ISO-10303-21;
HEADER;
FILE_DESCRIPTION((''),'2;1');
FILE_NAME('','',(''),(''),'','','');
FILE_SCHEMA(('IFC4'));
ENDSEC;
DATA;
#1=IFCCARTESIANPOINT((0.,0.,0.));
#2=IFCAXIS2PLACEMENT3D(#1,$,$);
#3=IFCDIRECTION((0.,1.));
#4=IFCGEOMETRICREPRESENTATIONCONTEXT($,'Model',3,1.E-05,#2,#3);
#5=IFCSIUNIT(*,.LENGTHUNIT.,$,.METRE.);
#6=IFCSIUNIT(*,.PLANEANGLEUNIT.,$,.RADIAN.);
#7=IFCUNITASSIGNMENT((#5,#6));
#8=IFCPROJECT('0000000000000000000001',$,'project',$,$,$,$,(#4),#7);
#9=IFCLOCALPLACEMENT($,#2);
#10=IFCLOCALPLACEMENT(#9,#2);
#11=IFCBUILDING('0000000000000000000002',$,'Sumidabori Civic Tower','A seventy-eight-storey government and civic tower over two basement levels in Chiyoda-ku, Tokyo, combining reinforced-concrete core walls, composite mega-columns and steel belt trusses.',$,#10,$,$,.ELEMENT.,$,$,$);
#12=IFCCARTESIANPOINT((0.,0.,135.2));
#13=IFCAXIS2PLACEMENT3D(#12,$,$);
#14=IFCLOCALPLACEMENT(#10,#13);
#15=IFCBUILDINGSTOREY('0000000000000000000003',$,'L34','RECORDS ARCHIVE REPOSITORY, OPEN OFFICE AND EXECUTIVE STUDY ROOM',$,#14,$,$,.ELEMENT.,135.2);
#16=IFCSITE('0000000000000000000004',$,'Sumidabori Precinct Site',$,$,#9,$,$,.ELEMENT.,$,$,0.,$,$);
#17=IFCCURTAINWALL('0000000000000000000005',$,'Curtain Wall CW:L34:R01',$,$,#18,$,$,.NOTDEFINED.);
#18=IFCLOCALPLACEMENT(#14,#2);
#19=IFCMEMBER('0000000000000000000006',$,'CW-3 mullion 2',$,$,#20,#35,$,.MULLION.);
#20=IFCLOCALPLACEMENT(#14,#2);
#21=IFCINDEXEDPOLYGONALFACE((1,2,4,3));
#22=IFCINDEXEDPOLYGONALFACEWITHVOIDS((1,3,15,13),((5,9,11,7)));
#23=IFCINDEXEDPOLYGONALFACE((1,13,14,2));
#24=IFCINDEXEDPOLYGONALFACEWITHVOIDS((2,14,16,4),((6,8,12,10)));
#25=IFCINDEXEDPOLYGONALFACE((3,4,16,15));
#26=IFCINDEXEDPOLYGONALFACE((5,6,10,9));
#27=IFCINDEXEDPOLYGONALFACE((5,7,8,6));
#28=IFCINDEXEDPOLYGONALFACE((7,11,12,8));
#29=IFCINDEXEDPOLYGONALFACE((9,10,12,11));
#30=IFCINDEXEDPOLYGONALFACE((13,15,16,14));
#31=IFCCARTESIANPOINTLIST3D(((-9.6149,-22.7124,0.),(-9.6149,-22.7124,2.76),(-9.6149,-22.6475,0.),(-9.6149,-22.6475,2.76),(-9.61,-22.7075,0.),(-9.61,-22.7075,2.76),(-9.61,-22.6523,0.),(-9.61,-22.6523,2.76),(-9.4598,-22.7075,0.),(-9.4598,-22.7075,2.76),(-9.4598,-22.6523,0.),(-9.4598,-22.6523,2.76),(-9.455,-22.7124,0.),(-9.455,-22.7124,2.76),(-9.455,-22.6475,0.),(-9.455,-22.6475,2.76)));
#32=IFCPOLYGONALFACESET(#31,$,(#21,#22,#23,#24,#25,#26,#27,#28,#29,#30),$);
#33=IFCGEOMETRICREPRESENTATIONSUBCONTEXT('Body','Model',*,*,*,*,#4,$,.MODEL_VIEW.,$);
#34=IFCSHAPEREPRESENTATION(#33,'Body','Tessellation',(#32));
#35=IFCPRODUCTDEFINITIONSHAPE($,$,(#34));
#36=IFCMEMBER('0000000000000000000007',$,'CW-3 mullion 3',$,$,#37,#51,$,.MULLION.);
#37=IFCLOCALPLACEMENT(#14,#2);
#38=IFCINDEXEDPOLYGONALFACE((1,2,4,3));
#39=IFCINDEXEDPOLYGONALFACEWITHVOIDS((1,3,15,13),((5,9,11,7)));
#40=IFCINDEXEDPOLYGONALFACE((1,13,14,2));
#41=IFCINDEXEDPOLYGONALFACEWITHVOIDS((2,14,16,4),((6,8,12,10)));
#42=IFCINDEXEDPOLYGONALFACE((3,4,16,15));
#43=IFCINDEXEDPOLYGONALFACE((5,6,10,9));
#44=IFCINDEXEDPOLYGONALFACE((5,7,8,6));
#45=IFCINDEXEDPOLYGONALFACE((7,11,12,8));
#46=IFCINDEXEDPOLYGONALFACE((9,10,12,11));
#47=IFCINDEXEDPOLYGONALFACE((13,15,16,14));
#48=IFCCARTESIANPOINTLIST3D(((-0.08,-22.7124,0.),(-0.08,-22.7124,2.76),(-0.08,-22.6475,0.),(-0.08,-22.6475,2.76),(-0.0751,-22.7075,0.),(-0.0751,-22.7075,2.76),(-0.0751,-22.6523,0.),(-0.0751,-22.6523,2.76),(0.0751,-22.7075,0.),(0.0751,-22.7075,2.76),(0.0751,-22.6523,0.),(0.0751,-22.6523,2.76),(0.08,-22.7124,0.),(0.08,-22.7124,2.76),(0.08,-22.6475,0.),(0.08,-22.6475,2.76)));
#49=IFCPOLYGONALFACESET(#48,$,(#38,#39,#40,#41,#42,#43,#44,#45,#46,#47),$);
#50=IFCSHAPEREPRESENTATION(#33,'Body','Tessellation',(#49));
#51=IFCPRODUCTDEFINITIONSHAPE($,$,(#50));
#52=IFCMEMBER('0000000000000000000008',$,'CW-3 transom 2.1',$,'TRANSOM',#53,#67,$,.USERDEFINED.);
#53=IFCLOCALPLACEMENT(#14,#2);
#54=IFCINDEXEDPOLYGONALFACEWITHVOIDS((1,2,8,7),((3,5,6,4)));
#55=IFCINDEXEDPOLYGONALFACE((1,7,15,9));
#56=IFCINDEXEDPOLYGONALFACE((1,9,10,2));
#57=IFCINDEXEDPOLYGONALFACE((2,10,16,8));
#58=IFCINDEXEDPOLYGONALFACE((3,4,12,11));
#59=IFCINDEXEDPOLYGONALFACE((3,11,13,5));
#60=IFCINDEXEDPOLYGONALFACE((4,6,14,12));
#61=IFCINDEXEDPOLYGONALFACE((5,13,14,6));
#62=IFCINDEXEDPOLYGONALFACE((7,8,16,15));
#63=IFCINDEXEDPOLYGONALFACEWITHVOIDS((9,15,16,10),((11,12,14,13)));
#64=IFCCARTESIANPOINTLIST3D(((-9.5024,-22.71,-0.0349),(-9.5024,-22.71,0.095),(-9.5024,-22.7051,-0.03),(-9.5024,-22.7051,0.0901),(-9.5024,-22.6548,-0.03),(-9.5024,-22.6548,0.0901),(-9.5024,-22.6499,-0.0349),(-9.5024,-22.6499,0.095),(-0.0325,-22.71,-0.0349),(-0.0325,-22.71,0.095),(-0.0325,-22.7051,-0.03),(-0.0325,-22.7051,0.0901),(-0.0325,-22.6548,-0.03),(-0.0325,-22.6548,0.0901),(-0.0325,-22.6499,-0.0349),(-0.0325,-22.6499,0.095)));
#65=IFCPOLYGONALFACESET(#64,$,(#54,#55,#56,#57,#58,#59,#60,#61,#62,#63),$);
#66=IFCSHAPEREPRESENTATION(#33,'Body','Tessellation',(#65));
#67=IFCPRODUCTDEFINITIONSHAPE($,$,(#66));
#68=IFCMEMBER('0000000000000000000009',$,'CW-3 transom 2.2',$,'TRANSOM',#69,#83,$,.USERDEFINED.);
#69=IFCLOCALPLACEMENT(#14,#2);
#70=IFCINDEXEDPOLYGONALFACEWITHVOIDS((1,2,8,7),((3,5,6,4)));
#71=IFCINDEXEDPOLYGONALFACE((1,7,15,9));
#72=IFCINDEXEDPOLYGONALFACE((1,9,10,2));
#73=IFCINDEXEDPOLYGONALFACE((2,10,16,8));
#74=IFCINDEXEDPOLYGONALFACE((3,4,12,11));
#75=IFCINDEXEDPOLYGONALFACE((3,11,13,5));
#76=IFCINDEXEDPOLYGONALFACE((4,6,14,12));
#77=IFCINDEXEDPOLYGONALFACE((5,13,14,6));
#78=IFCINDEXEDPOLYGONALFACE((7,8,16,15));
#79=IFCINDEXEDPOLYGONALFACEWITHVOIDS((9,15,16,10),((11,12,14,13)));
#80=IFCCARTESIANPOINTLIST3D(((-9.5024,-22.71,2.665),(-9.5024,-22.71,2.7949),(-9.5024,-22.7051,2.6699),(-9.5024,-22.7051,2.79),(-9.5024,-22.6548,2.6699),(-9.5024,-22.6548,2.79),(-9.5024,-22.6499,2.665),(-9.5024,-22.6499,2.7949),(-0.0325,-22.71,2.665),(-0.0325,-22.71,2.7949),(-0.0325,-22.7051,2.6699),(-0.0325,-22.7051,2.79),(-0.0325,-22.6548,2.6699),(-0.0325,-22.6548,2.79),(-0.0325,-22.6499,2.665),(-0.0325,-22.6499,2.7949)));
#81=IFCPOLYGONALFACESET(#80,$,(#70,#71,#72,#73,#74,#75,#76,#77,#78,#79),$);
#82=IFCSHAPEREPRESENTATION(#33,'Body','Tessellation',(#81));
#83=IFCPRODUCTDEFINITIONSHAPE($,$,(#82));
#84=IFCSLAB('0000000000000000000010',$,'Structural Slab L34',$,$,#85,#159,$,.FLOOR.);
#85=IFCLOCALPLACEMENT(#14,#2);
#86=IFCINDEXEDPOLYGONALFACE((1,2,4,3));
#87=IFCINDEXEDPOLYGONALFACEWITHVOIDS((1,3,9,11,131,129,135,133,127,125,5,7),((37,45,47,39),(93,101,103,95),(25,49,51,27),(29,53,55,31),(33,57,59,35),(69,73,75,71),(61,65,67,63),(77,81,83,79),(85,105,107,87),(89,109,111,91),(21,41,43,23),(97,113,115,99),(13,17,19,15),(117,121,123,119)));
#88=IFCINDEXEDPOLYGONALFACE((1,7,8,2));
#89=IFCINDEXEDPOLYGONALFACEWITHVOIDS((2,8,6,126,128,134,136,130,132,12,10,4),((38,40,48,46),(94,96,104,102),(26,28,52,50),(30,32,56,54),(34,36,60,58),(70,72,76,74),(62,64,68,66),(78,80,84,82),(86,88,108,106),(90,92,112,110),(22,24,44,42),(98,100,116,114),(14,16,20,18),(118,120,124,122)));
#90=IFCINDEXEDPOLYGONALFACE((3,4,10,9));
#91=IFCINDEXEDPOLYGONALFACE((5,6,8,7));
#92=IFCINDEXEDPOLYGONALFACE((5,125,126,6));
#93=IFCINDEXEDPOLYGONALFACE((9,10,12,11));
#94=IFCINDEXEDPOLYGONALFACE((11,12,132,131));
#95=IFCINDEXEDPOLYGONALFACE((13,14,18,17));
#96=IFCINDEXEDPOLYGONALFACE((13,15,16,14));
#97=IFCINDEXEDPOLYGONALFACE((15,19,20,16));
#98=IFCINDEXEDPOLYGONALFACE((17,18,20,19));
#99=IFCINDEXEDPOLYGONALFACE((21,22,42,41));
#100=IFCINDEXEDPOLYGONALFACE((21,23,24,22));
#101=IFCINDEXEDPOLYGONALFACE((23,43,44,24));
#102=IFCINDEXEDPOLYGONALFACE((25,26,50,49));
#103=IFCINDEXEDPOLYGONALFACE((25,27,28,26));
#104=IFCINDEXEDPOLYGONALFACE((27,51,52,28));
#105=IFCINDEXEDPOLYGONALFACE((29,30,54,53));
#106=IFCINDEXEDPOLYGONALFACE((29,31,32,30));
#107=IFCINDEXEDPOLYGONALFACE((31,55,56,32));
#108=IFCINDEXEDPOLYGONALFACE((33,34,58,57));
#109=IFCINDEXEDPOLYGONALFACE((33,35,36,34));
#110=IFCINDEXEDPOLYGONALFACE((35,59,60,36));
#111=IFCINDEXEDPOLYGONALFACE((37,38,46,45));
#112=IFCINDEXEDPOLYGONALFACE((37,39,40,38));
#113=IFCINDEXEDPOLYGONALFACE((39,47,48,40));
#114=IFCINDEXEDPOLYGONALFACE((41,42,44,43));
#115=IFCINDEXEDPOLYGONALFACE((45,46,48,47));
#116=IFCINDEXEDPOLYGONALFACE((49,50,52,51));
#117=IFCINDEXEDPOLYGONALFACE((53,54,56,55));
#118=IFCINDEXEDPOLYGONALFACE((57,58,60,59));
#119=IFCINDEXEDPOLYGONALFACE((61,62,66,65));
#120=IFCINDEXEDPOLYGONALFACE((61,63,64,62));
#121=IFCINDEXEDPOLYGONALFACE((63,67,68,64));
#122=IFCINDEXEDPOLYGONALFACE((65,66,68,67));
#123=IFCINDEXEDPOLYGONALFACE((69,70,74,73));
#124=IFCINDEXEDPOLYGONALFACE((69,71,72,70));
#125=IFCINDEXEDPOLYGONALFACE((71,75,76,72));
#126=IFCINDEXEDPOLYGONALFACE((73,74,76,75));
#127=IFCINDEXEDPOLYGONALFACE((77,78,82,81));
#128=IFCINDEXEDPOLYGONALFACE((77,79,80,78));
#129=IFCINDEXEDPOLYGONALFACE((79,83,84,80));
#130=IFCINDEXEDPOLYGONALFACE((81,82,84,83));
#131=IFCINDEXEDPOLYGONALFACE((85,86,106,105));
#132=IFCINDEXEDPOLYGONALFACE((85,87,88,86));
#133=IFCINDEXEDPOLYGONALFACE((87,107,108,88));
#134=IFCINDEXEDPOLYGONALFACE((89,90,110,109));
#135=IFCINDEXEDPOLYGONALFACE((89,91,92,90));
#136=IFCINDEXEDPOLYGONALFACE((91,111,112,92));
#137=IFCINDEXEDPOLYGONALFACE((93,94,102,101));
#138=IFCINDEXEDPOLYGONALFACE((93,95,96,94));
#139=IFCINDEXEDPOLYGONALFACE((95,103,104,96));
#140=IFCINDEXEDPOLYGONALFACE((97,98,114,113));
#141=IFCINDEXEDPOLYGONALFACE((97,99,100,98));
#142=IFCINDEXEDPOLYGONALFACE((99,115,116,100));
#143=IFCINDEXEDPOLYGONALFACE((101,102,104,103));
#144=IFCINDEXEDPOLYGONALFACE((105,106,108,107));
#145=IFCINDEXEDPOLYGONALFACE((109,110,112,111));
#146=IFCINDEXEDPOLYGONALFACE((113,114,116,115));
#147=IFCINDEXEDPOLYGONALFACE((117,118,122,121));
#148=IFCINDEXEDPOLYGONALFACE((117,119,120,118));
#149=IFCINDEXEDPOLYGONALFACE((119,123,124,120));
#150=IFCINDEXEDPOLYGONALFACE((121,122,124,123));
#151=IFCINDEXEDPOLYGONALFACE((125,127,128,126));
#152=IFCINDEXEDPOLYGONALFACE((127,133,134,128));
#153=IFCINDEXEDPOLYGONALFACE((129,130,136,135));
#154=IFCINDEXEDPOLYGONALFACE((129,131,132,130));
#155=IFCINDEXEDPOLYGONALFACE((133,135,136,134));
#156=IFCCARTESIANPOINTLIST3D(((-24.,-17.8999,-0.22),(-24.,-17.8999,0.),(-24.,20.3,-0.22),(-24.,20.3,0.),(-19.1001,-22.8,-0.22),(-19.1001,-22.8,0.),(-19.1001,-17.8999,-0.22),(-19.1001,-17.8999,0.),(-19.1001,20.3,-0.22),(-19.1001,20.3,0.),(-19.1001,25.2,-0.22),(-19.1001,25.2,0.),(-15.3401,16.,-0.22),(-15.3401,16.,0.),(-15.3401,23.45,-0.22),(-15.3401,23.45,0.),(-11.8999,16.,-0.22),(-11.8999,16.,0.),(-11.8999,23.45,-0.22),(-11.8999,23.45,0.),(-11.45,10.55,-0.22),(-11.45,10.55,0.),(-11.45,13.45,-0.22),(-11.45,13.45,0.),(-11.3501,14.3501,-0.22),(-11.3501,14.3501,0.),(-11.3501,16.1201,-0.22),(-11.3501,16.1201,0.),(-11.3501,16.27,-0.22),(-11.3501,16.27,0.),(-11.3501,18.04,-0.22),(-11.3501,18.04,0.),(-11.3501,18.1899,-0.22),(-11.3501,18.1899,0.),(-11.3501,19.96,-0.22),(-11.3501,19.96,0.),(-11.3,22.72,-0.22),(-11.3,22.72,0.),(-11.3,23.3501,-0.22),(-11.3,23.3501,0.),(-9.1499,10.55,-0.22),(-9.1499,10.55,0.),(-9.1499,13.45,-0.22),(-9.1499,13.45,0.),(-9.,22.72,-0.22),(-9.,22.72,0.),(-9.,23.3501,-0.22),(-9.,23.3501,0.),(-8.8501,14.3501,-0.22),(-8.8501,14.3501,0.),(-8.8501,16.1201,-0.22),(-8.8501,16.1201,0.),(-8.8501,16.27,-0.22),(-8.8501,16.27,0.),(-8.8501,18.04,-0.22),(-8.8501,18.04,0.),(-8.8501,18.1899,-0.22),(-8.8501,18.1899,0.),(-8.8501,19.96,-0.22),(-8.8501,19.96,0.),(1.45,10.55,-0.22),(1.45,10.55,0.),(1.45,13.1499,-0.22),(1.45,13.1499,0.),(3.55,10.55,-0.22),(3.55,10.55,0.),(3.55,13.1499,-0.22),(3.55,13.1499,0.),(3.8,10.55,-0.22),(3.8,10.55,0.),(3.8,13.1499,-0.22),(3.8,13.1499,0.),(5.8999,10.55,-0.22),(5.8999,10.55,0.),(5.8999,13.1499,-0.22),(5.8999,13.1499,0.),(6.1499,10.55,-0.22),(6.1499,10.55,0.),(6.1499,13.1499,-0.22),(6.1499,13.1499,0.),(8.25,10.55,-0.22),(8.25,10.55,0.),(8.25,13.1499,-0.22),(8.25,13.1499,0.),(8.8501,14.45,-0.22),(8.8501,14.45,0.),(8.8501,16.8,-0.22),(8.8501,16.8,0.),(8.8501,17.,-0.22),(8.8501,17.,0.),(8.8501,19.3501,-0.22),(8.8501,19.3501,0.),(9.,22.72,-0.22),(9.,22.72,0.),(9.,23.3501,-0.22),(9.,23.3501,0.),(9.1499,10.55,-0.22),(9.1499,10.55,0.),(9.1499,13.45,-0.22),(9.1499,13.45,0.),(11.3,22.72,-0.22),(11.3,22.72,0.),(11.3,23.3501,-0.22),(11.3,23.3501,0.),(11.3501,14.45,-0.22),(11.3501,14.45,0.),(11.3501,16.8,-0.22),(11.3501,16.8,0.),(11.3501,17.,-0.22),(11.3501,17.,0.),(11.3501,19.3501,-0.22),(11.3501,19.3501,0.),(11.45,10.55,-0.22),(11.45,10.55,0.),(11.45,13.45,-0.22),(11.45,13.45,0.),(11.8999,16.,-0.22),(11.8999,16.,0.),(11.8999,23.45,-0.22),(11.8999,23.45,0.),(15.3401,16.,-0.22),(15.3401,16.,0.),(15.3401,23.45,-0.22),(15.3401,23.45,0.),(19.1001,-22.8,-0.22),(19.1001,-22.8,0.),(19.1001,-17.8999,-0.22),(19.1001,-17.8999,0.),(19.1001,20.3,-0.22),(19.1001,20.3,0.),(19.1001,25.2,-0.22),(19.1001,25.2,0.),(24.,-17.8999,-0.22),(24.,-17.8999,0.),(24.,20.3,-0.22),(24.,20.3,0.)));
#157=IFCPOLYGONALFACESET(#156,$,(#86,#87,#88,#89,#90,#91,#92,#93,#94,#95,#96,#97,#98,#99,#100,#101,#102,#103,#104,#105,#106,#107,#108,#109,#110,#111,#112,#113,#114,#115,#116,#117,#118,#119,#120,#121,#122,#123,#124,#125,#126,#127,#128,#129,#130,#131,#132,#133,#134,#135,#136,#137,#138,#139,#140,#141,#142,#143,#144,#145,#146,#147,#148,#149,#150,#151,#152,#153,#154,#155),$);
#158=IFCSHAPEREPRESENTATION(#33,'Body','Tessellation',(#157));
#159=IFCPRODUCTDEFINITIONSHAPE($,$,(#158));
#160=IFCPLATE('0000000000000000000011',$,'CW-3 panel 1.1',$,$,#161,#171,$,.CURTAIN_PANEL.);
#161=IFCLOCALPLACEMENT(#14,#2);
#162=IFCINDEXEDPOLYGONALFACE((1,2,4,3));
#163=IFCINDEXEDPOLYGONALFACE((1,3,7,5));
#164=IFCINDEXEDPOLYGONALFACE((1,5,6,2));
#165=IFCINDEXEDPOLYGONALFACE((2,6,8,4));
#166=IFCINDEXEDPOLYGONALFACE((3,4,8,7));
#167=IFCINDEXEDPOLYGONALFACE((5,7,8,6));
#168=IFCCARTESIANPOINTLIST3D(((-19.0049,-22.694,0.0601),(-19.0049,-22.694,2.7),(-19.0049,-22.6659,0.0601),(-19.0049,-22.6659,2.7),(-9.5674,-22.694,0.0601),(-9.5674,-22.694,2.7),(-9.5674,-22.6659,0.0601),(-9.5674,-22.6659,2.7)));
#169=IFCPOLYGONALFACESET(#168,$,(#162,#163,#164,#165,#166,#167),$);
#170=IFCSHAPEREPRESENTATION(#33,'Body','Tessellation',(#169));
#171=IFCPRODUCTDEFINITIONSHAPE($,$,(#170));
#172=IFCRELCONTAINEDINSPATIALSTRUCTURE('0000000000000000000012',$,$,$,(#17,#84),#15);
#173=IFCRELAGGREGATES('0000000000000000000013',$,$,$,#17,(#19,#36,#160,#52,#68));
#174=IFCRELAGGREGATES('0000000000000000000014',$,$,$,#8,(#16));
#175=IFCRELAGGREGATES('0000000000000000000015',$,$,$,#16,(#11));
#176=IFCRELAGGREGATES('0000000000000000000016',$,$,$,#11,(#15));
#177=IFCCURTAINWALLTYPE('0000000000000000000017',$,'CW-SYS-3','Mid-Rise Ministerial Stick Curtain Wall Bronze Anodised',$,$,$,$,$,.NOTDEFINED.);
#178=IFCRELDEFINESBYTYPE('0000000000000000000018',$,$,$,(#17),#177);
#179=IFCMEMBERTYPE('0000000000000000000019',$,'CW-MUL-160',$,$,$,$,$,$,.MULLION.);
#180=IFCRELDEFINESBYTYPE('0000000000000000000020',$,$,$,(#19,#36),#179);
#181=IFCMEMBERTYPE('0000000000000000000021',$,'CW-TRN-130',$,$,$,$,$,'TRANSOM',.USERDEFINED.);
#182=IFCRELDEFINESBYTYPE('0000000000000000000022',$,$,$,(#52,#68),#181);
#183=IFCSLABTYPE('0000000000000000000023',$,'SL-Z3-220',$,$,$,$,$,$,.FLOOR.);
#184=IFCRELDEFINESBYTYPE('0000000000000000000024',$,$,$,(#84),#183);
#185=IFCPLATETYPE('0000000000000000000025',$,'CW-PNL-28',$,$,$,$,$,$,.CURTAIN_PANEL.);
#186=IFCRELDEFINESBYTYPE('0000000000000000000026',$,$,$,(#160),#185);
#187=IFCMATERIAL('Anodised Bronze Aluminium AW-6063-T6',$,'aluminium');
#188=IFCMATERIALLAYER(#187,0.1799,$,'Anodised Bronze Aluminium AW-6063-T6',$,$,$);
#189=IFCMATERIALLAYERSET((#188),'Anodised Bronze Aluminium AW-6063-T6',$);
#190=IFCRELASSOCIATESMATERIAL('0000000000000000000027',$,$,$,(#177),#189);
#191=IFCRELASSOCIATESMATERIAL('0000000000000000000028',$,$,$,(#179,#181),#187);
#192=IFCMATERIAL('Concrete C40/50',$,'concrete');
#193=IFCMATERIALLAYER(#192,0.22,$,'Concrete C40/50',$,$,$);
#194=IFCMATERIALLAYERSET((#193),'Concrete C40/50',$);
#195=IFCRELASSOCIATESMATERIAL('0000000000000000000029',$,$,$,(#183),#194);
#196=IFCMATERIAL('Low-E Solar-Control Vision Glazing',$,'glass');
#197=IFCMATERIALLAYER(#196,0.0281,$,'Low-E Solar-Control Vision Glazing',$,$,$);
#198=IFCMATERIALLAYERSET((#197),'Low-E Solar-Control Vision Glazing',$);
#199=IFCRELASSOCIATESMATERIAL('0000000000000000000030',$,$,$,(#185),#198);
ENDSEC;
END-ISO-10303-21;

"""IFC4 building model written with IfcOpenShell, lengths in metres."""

from ifc_helpers import new_model, si_unit, direction, frame, origin, origin_2d, place, context, subcontext, project, spatial, polyline, rectangle, hollow_rectangle, outline, extrude, source, transform, mapped, material, layer, layer_set, material_profile, profile_set, type_object, element, aggregate, save


model = new_model("IFC4")

# Units and contexts
model_context = context("Model", 3, precision=1e-05, world=origin(), true_north=direction((0.0, 1.0)))
body_context = subcontext(model_context, "Body", "Model", "MODEL_VIEW")
ifc_project = project(units=[si_unit("LENGTHUNIT", "METRE"), si_unit("PLANEANGLEUNIT", "RADIAN")], contexts=[model_context])

# Site, building, storey
site_placement = place(None, origin())
site = spatial("IfcSite", under=ifc_project, at=site_placement, Name="Sumidabori Precinct Site", CompositionType="ELEMENT", RefElevation=0.0)
building_placement = place(site_placement, origin())
building = spatial("IfcBuilding", under=site, at=building_placement, Name="Sumidabori Civic Tower", Description="A seventy-eight-storey government and civic tower over two basement levels in Chiyoda-ku, Tokyo, combining reinforced-concrete core walls, composite mega-columns and steel belt trusses.", CompositionType="ELEMENT")
storey_placement = place(building_placement, frame((0.0, 0.0, 135.2)))
storey = spatial("IfcBuildingStorey", under=building, at=storey_placement, Name="L34", Description="RECORDS ARCHIVE REPOSITORY, OPEN OFFICE AND EXECUTIVE STUDY ROOM", CompositionType="ELEMENT", Elevation=135.2)

# Curtain wall, members
ifc_material_1 = material(Name="Anodised Bronze Aluminium AW-6063-T6", Category="aluminium")
ifc_layer_1 = layer(ifc_material_1, 0.1799, Name="Anodised Bronze Aluminium AW-6063-T6")
ifc_layer_set_1 = layer_set([ifc_layer_1], Name="Anodised Bronze Aluminium AW-6063-T6")
curtain_wall_type = type_object("IfcCurtainWallType", Name="CW-SYS-3", Description="Mid-Rise Ministerial Stick Curtain Wall Bronze Anodised", PredefinedType="NOTDEFINED", material=ifc_layer_set_1)
curtain_wall_placement = place(storey_placement, origin())
curtain_wall = element("IfcCurtainWall", 1, at=curtain_wall_placement, inside=storey, type_object=curtain_wall_type, Name="Curtain Wall CW:L34:R01", PredefinedType="NOTDEFINED")
ifc_material_profile_1 = material_profile(ifc_material_1, hollow_rectangle(XDim=0.0649, YDim=0.1599, WallThickness=0.0049, at=origin_2d()), Name="ALU MULLION 160x65")
ifc_profile_set_1 = profile_set([ifc_material_profile_1], Name="Anodised Bronze Aluminium AW-6063-T6")
member_type_1 = type_object("IfcMemberType", Name="CW-MUL-160", PredefinedType="MULLION", material=ifc_profile_set_1)
shared_shape_1 = source(origin(), body_context, "Body", "SweptSolid", [
    extrude(hollow_rectangle(XDim=0.0649, YDim=0.1599, WallThickness=0.0049, at=origin_2d()), origin(), (0.0, 0.0, 1.0), 2.76),
])
member_1_placement = place(storey_placement, frame((-9.5349, -22.6799, 0.0), z_axis=(0.0, 0.0, 1.0), x_axis=(0.0, 1.0, 0.0)))
member_1 = element("IfcMember", 2, at=member_1_placement, type_object=member_type_1, Name="CW-3 mullion 2", PredefinedType="MULLION", context=body_context, shape_type="MappedRepresentation", body=[
    mapped(shared_shape_1, transform((0.0, 0.0, 0.0), x_axis=(1.0, 0.0, 0.0), y_axis=(0.0, 1.0, 0.0), z_axis=(0.0, 0.0, 1.0), scale=1.0)),
])
member_2_placement = place(storey_placement, frame((0.0, -22.6799, 0.0), z_axis=(0.0, 0.0, 1.0), x_axis=(0.0, 1.0, 0.0)))
member_2 = element("IfcMember", 3, at=member_2_placement, type_object=member_type_1, Name="CW-3 mullion 3", PredefinedType="MULLION", context=body_context, shape_type="MappedRepresentation", body=[
    mapped(shared_shape_1, transform((0.0, 0.0, 0.0), x_axis=(1.0, 0.0, 0.0), y_axis=(0.0, 1.0, 0.0), z_axis=(0.0, 0.0, 1.0), scale=1.0)),
])
ifc_material_profile_2 = material_profile(ifc_material_1, hollow_rectangle(XDim=0.0601, YDim=0.1299, WallThickness=0.0049, at=origin_2d()), Name="ALU TRANSOM 130x60")
ifc_profile_set_2 = profile_set([ifc_material_profile_2], Name="Anodised Bronze Aluminium AW-6063-T6")
member_type_2 = type_object("IfcMemberType", Name="CW-TRN-130", ElementType="TRANSOM", PredefinedType="USERDEFINED", material=ifc_profile_set_2)
shared_shape_2 = source(origin(), body_context, "Body", "SweptSolid", [
    extrude(hollow_rectangle(XDim=0.0601, YDim=0.1299, WallThickness=0.0049, at=origin_2d()), origin(), (0.0, 0.0, 1.0), 9.47),
])
member_3_placement = place(storey_placement, frame((-9.5024, -22.6799, 0.03), z_axis=(1.0, 0.0, 0.0), x_axis=(0.0, 1.0, 0.0)))
member_3 = element("IfcMember", 4, at=member_3_placement, type_object=member_type_2, Name="CW-3 transom 2.1", ObjectType="TRANSOM", PredefinedType="USERDEFINED", context=body_context, shape_type="MappedRepresentation", body=[
    mapped(shared_shape_2, transform((0.0, 0.0, 0.0), x_axis=(1.0, 0.0, 0.0), y_axis=(0.0, 1.0, 0.0), z_axis=(0.0, 0.0, 1.0), scale=1.0)),
])
member_4_placement = place(storey_placement, frame((-9.5024, -22.6799, 2.73), z_axis=(1.0, 0.0, 0.0), x_axis=(0.0, 1.0, 0.0)))
member_4 = element("IfcMember", 5, at=member_4_placement, type_object=member_type_2, Name="CW-3 transom 2.2", ObjectType="TRANSOM", PredefinedType="USERDEFINED", context=body_context, shape_type="MappedRepresentation", body=[
    mapped(shared_shape_2, transform((0.0, 0.0, 0.0), x_axis=(1.0, 0.0, 0.0), y_axis=(0.0, 1.0, 0.0), z_axis=(0.0, 0.0, 1.0), scale=1.0)),
])

# Slab
ifc_material_2 = material(Name="Concrete C40/50", Category="concrete")
ifc_layer_2 = layer(ifc_material_2, 0.22, Name="Concrete C40/50")
ifc_layer_set_2 = layer_set([ifc_layer_2], Name="Concrete C40/50")
slab_type = type_object("IfcSlabType", Name="SL-Z3-220", PredefinedType="FLOOR", material=ifc_layer_set_2)
slab_placement = place(storey_placement, frame((0.0, 0.0, -0.22)))
element("IfcSlab", 6, at=slab_placement, inside=storey, type_object=slab_type, Name="Structural Slab L34", PredefinedType="FLOOR", context=body_context, shape_type="SweptSolid", body=[
    extrude(outline(polyline([(-19.1001, -22.8), (19.1001, -22.8), (19.1001, -17.8999), (24.0, -17.8999), (24.0, 20.3), (19.1001, 20.3), (19.1001, 25.2), (-19.1001, 25.2), (-19.1001, 20.3), (-24.0, 20.3), (-24.0, -17.8999), (-19.1001, -17.8999), (-19.1001, -22.8)]), holes=[polyline([(-11.8999, 16.0), (-11.8999, 23.45), (-15.3401, 23.45), (-15.3401, 16.0), (-11.8999, 16.0)]), polyline([(15.3401, 16.0), (15.3401, 23.45), (11.8999, 23.45), (11.8999, 16.0), (15.3401, 16.0)]), polyline([(-11.45, 10.55), (-9.1499, 10.55), (-9.1499, 13.45), (-11.45, 13.45), (-11.45, 10.55)]), polyline([(9.1499, 10.55), (11.45, 10.55), (11.45, 13.45), (9.1499, 13.45), (9.1499, 10.55)]), polyline([(1.45, 10.55), (3.55, 10.55), (3.55, 13.1499), (1.45, 13.1499), (1.45, 10.55)]), polyline([(3.8, 10.55), (5.8999, 10.55), (5.8999, 13.1499), (3.8, 13.1499), (3.8, 10.55)]), polyline([(6.1499, 10.55), (8.25, 10.55), (8.25, 13.1499), (6.1499, 13.1499), (6.1499, 10.55)]), polyline([(-11.3501, 14.3501), (-8.8501, 14.3501), (-8.8501, 16.1201), (-11.3501, 16.1201), (-11.3501, 14.3501)]), polyline([(-11.3501, 16.27), (-8.8501, 16.27), (-8.8501, 18.04), (-11.3501, 18.04), (-11.3501, 16.27)]), polyline([(-11.3501, 18.1899), (-8.8501, 18.1899), (-8.8501, 19.96), (-11.3501, 19.96), (-11.3501, 18.1899)]), polyline([(8.8501, 14.45), (11.3501, 14.45), (11.3501, 16.8), (8.8501, 16.8), (8.8501, 14.45)]), polyline([(8.8501, 17.0), (11.3501, 17.0), (11.3501, 19.3501), (8.8501, 19.3501), (8.8501, 17.0)]), polyline([(-11.3, 22.72), (-9.0, 22.72), (-9.0, 23.3501), (-11.3, 23.3501), (-11.3, 22.72)]), polyline([(9.0, 22.72), (11.3, 22.72), (11.3, 23.3501), (9.0, 23.3501), (9.0, 22.72)])]), origin(), (0.0, 0.0, 1.0), 0.22),
])

# Plate
ifc_material_3 = material(Name="Low-E Solar-Control Vision Glazing", Category="glass")
ifc_layer_3 = layer(ifc_material_3, 0.0281, Name="Low-E Solar-Control Vision Glazing")
ifc_layer_set_3 = layer_set([ifc_layer_3], Name="Low-E Solar-Control Vision Glazing")
plate_type = type_object("IfcPlateType", Name="CW-PNL-28", PredefinedType="CURTAIN_PANEL", material=ifc_layer_set_3)
shared_shape_3 = source(origin(), body_context, "Body", "SweptSolid", [
    extrude(rectangle(XDim=9.4375, YDim=0.0281, at=origin_2d()), origin(), (0.0, 0.0, 1.0), 2.6399),
])
plate_1_placement = place(storey_placement, frame((-14.2861, -22.6799, 0.0601), z_axis=(0.0, 0.0, 1.0), x_axis=(1.0, 0.0, 0.0)))
plate_1 = element("IfcPlate", 7, at=plate_1_placement, type_object=plate_type, Name="CW-3 panel 1.1", PredefinedType="CURTAIN_PANEL", context=body_context, shape_type="MappedRepresentation", body=[
    mapped(shared_shape_3, transform((0.0, 0.0, 0.0), x_axis=(1.0, 0.0, 0.0), y_axis=(0.0, 1.0, 0.0), z_axis=(0.0, 0.0, 1.0), scale=1.0)),
])
aggregate(curtain_wall, [member_1, member_2, plate_1, member_3, member_4])

save(model, "model.ifc")
